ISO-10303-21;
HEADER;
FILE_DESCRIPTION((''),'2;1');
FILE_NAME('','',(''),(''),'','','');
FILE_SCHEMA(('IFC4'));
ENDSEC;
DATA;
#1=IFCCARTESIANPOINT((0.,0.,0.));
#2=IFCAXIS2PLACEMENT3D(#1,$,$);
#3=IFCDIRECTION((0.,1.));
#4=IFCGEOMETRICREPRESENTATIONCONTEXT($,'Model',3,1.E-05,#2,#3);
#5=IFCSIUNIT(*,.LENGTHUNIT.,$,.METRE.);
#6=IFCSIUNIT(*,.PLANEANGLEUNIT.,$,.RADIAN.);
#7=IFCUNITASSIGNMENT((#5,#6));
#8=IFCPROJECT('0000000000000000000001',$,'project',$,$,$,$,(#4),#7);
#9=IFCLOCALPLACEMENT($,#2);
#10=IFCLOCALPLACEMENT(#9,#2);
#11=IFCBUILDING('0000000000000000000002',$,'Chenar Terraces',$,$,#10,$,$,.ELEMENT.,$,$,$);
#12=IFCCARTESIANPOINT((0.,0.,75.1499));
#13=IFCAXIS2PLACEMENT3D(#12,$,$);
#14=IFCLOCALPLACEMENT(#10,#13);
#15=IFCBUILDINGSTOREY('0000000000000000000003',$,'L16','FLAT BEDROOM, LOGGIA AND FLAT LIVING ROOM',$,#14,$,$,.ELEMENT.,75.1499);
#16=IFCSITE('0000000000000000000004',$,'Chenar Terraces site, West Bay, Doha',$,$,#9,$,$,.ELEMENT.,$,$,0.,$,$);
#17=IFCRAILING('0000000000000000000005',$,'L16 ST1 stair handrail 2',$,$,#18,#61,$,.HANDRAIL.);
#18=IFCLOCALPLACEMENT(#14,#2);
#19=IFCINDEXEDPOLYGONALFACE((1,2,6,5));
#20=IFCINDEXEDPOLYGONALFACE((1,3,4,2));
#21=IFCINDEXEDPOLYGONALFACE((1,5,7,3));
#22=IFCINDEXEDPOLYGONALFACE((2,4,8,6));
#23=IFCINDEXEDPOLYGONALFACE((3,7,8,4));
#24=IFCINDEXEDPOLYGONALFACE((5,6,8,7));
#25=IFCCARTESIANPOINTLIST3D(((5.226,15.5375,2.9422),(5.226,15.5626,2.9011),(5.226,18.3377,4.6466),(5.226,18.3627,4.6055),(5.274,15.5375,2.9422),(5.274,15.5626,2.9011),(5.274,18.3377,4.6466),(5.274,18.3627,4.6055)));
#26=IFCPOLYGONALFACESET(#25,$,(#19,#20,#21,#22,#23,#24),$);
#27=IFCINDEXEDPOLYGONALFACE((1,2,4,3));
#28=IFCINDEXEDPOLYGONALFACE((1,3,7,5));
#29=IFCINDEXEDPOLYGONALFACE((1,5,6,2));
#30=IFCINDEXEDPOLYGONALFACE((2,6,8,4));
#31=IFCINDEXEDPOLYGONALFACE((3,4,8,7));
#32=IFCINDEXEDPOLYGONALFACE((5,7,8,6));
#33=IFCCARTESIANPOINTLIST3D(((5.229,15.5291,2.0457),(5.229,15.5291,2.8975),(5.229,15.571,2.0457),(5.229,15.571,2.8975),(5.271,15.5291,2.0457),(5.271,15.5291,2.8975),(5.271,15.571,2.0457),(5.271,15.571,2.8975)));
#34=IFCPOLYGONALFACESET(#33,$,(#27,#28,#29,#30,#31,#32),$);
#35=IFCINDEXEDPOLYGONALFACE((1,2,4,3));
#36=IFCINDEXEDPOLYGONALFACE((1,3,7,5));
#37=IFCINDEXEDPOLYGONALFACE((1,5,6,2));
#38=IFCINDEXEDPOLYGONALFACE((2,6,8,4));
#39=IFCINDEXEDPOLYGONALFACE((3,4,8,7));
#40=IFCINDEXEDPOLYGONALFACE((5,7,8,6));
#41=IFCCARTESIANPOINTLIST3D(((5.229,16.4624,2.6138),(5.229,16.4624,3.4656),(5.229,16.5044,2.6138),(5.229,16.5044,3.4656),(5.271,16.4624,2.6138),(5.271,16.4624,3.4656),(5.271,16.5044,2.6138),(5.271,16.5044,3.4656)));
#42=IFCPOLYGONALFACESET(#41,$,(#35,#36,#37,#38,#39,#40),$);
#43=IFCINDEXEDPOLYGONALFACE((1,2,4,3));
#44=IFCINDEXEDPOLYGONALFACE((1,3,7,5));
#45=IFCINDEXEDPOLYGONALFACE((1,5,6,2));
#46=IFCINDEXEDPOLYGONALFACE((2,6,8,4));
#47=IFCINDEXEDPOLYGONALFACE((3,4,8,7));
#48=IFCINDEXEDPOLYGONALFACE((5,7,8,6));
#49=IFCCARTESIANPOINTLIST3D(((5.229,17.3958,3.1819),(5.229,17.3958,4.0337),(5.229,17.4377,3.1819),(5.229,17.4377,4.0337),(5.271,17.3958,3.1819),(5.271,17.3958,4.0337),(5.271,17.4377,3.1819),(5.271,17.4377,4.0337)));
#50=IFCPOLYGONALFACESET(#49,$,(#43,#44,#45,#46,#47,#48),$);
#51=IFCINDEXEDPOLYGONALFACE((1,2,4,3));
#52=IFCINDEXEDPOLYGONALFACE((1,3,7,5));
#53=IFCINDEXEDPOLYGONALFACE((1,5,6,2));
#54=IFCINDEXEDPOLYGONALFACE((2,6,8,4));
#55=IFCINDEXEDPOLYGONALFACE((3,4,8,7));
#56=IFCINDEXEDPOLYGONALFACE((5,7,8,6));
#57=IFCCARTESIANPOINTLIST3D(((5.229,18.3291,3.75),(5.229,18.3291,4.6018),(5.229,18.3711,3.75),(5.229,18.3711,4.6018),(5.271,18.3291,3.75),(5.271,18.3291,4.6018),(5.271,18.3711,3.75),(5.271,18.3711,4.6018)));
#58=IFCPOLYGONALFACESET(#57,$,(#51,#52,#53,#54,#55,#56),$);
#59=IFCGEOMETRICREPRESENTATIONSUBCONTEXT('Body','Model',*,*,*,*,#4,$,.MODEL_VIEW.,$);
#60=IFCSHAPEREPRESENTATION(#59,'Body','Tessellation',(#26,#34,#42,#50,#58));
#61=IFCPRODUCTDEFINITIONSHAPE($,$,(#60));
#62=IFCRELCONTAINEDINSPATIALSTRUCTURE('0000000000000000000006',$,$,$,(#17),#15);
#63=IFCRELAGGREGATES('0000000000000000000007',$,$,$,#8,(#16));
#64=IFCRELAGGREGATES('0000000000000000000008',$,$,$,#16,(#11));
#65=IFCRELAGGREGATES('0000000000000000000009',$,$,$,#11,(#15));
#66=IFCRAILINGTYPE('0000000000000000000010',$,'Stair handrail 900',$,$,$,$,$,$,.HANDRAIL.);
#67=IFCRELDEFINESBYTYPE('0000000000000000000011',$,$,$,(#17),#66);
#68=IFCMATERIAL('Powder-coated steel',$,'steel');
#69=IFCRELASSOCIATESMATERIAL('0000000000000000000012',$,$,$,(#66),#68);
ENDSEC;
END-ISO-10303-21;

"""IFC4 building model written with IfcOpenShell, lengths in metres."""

from ifc_helpers import new_model, si_unit, direction, frame, origin, origin_2d, place, context, subcontext, project, spatial, rectangle, extrude, material, type_object, element, save


model = new_model("IFC4")

# Units and contexts
model_context = context("Model", 3, precision=1e-05, world=origin(), true_north=direction((0.0, 1.0)))
body_context = subcontext(model_context, "Body", "Model", "MODEL_VIEW")
ifc_project = project(units=[si_unit("LENGTHUNIT", "METRE"), si_unit("PLANEANGLEUNIT", "RADIAN")], contexts=[model_context])

# Site, building, storey
site_placement = place(None, origin())
site = spatial("IfcSite", under=ifc_project, at=site_placement, Name="Chenar Terraces site, West Bay, Doha", CompositionType="ELEMENT", RefElevation=0.0)
building_placement = place(site_placement, origin())
building = spatial("IfcBuilding", under=site, at=building_placement, Name="Chenar Terraces", CompositionType="ELEMENT")
storey_placement = place(building_placement, frame((0.0, 0.0, 75.1499)))
storey = spatial("IfcBuildingStorey", under=building, at=storey_placement, Name="L16", Description="FLAT BEDROOM, LOGGIA AND FLAT LIVING ROOM", CompositionType="ELEMENT", Elevation=75.1499)

# Railing
ifc_material_1 = material(Name="Powder-coated steel", Category="steel")
railing_type_1 = type_object("IfcRailingType", Name="Stair handrail 900", PredefinedType="HANDRAIL", material=ifc_material_1)
railing_1_placement = place(storey_placement, frame((5.25, 15.55, 2.0457)))
element("IfcRailing", 1, at=railing_1_placement, inside=storey, type_object=railing_type_1, Name="L16 ST1 stair handrail 2", PredefinedType="HANDRAIL", context=body_context, shape_type="SweptSolid", body=[
    extrude(rectangle(XDim=0.0481, YDim=0.0481, at=origin_2d()), frame((0.0, 0.0, 0.876), z_axis=(0.0, 0.854203, 0.51994), x_axis=(-1.0, 0.0, 0.0)), (0.0, 0.0, 1.0), 3.2781),
    extrude(rectangle(XDim=0.042, YDim=0.042, at=origin_2d()), origin(), (0.0, 0.0, 1.0), 0.8518),
    extrude(rectangle(XDim=0.042, YDim=0.042, at=origin_2d()), frame((0.0, 0.9333, 0.5681)), (0.0, 0.0, 1.0), 0.8518),
    extrude(rectangle(XDim=0.042, YDim=0.042, at=origin_2d()), frame((0.0, 1.8667, 1.1362)), (0.0, 0.0, 1.0), 0.8518),
    extrude(rectangle(XDim=0.042, YDim=0.042, at=origin_2d()), frame((0.0, 2.8, 1.7043)), (0.0, 0.0, 1.0), 0.8518),
])

save(model, "model.ifc")
